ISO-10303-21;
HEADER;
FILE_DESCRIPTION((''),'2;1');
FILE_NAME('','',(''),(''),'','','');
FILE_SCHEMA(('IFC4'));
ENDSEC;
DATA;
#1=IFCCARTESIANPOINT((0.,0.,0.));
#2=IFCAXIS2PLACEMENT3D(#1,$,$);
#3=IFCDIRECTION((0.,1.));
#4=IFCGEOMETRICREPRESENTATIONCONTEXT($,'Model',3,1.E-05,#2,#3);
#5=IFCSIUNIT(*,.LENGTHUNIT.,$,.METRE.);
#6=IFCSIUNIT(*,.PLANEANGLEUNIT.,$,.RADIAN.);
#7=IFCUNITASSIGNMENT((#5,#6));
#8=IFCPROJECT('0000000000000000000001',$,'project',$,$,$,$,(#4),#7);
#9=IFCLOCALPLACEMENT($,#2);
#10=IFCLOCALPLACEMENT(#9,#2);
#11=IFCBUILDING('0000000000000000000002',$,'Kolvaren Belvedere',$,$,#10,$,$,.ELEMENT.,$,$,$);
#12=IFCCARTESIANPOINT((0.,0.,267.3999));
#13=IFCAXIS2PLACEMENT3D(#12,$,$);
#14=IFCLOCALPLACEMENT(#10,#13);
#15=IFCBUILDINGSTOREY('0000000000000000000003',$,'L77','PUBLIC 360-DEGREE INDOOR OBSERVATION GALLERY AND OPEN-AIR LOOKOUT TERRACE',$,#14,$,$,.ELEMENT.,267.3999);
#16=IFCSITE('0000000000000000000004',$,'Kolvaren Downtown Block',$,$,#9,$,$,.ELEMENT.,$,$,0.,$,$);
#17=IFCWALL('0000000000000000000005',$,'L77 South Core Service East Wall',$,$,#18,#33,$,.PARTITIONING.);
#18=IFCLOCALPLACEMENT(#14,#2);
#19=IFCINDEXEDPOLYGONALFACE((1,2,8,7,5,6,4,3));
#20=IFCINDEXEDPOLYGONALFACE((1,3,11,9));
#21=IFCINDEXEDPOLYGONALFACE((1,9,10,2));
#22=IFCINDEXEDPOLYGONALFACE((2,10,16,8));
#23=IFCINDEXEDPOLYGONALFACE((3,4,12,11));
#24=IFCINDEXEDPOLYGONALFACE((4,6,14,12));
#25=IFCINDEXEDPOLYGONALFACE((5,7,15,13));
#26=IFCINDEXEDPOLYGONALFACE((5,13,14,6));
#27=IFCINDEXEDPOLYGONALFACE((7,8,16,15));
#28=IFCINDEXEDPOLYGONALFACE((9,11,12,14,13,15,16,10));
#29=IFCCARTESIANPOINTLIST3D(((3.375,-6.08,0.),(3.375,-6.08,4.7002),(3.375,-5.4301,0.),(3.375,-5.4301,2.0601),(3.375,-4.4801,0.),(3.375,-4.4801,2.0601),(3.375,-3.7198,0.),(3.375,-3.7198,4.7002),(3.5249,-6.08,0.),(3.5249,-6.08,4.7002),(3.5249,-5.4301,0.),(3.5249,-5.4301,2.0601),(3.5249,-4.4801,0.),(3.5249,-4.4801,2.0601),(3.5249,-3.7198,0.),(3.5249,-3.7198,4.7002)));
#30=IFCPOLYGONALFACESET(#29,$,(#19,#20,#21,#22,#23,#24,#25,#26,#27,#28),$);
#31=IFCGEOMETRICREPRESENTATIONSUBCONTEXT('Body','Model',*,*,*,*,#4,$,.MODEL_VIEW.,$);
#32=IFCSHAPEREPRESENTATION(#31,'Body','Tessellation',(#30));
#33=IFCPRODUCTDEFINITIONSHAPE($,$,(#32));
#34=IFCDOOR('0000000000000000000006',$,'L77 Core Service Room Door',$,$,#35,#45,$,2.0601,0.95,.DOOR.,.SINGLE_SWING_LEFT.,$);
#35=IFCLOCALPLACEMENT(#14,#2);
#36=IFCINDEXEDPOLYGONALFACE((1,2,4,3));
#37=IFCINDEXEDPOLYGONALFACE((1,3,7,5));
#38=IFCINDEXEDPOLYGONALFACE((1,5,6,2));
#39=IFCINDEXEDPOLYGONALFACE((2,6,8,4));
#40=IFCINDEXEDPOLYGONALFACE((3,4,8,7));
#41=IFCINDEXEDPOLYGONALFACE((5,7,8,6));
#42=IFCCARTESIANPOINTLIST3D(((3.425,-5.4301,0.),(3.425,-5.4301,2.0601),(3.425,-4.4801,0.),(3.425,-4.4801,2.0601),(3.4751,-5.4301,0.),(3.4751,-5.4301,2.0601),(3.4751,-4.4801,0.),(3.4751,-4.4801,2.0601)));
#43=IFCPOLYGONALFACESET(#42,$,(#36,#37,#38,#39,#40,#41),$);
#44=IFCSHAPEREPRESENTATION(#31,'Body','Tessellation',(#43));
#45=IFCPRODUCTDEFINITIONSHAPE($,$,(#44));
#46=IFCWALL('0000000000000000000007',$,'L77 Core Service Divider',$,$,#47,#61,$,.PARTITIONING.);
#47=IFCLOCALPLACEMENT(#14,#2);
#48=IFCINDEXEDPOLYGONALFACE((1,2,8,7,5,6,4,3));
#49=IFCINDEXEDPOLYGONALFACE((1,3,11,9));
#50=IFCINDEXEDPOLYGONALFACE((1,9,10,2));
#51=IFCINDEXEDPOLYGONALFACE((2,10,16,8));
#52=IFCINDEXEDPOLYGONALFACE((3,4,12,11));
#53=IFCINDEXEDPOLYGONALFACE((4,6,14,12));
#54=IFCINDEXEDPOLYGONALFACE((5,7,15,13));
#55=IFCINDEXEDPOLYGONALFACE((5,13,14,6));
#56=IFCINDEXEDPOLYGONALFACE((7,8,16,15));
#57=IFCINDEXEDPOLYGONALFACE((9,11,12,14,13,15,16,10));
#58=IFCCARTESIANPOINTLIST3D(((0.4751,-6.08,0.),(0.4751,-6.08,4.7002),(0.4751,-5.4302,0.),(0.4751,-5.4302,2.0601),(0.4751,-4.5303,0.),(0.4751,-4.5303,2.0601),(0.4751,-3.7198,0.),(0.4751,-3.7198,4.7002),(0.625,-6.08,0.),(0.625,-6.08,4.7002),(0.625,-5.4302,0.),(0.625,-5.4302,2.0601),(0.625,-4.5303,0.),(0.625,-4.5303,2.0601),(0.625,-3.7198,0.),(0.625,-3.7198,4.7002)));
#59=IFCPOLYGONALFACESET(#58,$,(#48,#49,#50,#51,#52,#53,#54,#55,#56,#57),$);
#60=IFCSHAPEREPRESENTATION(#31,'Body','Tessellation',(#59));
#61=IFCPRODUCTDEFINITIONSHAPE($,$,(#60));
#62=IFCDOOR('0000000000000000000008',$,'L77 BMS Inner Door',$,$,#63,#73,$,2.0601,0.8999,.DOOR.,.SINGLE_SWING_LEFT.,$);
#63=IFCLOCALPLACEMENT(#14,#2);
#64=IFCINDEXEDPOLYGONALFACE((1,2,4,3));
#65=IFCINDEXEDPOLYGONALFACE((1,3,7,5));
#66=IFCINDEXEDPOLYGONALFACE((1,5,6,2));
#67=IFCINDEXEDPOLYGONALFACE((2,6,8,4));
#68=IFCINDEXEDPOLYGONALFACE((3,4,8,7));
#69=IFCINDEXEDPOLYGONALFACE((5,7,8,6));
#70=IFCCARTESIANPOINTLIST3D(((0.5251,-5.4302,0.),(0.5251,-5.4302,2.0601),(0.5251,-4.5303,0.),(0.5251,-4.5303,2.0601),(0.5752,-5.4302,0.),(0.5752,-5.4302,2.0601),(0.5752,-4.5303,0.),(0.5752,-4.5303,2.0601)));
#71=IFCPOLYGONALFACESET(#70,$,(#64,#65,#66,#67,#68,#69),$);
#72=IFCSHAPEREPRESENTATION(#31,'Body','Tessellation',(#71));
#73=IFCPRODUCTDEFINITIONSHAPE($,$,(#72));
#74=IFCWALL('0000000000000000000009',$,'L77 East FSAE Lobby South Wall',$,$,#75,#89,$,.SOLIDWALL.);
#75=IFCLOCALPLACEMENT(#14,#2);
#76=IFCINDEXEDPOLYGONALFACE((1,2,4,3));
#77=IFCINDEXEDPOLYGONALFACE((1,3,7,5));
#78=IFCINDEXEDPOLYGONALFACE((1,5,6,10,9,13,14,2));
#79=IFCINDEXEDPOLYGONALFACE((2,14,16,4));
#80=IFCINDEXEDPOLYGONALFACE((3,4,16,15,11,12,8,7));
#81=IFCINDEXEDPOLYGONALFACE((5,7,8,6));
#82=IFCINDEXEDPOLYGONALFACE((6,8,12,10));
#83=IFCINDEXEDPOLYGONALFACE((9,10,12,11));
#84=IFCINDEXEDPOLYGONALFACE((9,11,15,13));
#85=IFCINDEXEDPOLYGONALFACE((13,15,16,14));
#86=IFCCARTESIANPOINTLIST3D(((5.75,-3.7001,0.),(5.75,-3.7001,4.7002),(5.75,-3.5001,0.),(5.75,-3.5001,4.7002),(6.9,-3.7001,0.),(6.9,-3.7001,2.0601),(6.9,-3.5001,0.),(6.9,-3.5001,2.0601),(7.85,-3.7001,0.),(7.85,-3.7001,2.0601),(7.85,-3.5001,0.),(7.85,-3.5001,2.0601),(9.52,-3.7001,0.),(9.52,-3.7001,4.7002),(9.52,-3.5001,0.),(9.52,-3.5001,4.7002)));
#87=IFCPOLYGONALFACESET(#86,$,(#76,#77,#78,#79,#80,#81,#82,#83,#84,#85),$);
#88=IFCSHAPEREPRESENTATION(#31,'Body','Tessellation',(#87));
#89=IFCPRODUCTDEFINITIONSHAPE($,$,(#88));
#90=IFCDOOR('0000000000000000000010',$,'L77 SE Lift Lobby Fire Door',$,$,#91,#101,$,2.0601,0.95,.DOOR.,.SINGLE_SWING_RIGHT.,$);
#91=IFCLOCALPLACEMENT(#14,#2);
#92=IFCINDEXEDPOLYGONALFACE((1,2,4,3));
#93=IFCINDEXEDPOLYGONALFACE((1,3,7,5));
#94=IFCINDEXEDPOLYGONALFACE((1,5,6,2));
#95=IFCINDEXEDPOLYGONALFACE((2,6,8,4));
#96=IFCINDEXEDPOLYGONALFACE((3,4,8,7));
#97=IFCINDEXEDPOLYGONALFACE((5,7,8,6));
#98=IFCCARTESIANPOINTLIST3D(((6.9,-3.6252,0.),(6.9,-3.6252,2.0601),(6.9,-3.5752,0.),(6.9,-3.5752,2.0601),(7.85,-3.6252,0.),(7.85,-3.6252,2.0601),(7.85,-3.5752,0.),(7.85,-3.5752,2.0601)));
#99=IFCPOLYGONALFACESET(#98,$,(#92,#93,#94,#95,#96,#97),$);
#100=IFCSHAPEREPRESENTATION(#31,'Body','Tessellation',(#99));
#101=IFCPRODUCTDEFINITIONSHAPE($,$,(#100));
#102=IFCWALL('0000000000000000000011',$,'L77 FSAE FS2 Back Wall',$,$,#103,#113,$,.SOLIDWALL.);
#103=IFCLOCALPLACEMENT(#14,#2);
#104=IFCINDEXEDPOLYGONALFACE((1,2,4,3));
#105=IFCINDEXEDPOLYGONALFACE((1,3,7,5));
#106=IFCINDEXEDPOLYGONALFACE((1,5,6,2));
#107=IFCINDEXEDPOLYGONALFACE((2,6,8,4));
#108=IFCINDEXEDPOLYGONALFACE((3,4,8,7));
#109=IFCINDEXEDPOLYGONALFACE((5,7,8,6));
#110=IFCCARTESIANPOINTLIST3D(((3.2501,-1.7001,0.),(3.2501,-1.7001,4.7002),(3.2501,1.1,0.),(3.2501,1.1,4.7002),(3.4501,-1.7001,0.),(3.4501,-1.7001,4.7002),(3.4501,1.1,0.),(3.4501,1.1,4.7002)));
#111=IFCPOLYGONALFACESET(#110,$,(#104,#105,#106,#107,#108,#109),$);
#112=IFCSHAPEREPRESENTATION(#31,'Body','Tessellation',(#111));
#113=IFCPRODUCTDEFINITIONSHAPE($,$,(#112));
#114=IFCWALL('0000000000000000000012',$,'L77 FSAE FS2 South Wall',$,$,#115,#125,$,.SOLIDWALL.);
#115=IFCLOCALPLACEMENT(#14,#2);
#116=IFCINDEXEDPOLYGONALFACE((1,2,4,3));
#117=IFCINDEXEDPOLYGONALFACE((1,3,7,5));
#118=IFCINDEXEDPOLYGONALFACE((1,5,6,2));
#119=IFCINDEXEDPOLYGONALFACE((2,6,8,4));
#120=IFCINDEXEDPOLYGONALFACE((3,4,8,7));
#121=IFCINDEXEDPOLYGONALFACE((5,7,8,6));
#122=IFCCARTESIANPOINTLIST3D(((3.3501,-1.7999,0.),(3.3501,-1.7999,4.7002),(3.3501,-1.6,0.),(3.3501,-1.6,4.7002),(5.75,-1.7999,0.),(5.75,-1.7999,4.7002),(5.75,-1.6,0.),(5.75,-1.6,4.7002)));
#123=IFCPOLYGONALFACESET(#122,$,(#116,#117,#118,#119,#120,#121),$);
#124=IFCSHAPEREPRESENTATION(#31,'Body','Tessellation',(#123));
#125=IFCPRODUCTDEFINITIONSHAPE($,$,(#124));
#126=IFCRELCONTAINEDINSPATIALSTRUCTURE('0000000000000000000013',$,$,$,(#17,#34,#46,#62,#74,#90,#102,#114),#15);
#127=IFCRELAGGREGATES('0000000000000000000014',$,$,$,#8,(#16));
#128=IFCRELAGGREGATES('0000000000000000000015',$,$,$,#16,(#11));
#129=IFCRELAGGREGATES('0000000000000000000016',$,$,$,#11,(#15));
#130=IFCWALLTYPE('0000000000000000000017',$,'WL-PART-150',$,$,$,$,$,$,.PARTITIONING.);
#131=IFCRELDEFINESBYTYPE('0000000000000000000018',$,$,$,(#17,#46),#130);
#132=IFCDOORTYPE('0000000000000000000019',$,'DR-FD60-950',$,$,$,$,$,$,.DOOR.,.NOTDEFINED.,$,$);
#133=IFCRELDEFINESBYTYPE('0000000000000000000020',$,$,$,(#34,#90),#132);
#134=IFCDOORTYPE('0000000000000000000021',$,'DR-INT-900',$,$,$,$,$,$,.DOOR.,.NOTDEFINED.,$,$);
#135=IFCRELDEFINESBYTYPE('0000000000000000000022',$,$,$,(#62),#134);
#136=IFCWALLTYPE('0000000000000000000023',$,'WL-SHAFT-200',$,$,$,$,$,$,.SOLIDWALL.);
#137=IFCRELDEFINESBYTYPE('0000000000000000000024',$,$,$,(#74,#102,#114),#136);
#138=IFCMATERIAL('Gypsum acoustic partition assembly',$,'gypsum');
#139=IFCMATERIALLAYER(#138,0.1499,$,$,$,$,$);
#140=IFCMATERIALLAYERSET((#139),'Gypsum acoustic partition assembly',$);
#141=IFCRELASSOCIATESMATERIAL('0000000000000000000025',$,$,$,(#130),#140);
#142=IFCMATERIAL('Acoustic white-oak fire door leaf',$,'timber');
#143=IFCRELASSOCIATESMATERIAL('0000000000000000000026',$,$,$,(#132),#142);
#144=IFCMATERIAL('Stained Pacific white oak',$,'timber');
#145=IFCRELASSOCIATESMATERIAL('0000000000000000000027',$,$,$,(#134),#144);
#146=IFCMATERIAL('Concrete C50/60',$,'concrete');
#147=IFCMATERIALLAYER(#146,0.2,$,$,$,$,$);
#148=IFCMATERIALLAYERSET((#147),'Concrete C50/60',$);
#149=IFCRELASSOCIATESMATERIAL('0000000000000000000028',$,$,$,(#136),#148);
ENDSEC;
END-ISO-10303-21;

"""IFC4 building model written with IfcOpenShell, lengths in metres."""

from ifc_helpers import new_model, si_unit, direction, frame, frame_2d, origin, place, context, subcontext, project, spatial, rectangle, extrude, material, layer, layer_set, type_object, element, fill, save


model = new_model("IFC4")

# Units and contexts
model_context = context("Model", 3, precision=1e-05, world=origin(), true_north=direction((0.0, 1.0)))
body_context = subcontext(model_context, "Body", "Model", "MODEL_VIEW")
ifc_project = project(units=[si_unit("LENGTHUNIT", "METRE"), si_unit("PLANEANGLEUNIT", "RADIAN")], contexts=[model_context])

# Site, building, storey
site_placement = place(None, origin())
site = spatial("IfcSite", under=ifc_project, at=site_placement, Name="Kolvaren Downtown Block", CompositionType="ELEMENT", RefElevation=0.0)
building_placement = place(site_placement, origin())
building = spatial("IfcBuilding", under=site, at=building_placement, Name="Kolvaren Belvedere", CompositionType="ELEMENT")
storey_placement = place(building_placement, frame((0.0, 0.0, 267.3999)))
storey = spatial("IfcBuildingStorey", under=building, at=storey_placement, Name="L77", Description="PUBLIC 360-DEGREE INDOOR OBSERVATION GALLERY AND OPEN-AIR LOOKOUT TERRACE", CompositionType="ELEMENT", Elevation=267.3999)

# Walls, openings, doors
ifc_material_1 = material(Name="Gypsum acoustic partition assembly", Category="gypsum")
ifc_layer_1 = layer(ifc_material_1, 0.1499)
ifc_layer_set_1 = layer_set([ifc_layer_1], Name="Gypsum acoustic partition assembly")
wall_type_1 = type_object("IfcWallType", Name="WL-PART-150", PredefinedType="PARTITIONING", material=ifc_layer_set_1)
wall_1_placement = place(storey_placement, frame((3.45, -6.0801, 0.0), z_axis=(0.0, 0.0, 1.0), x_axis=(0.0, 1.0, 0.0)))
wall_1 = element("IfcWall", 1, at=wall_1_placement, inside=storey, type_object=wall_type_1, Name="L77 South Core Service East Wall", PredefinedType="PARTITIONING", context=body_context, shape_type="SweptSolid", body=[
    extrude(rectangle(XDim=2.3601, YDim=0.1499, at=frame_2d((1.1802, 0.0))), origin(), (0.0, 0.0, 1.0), 4.7002),
])
opening_1_placement = place(wall_1_placement, frame((0.6499, 0.0, 0.0)))
opening_1 = element("IfcOpeningElement", 2, at=opening_1_placement, cuts=wall_1, PredefinedType="OPENING", context=body_context, shape_type="SweptSolid", body=[
    extrude(rectangle(XDim=0.95, YDim=2.0601, at=frame_2d((0.4751, 1.03))), frame((0.0, 0.085, 0.0), z_axis=(0.0, -1.0, 0.0), x_axis=(1.0, 0.0, 0.0)), (0.0, 0.0, 1.0), 0.1699),
])
ifc_material_2 = material(Name="Acoustic white-oak fire door leaf", Category="timber")
door_type_1 = type_object("IfcDoorType", Name="DR-FD60-950", OperationType="NOTDEFINED", PredefinedType="DOOR", material=ifc_material_2)
door_1_placement = place(opening_1_placement, origin())
door_1 = element("IfcDoor", 3, at=door_1_placement, inside=storey, type_object=door_type_1, Name="L77 Core Service Room Door", OperationType="SINGLE_SWING_LEFT", OverallHeight=2.0601, OverallWidth=0.95, PredefinedType="DOOR", context=body_context, shape_type="SweptSolid", body=[
    extrude(rectangle(XDim=0.95, YDim=2.0601, at=frame_2d((0.4751, 1.03))), frame((0.0, 0.0249, 0.0), z_axis=(0.0, -1.0, 0.0), x_axis=(1.0, 0.0, 0.0)), (0.0, 0.0, 1.0), 0.05),
])
fill(opening_1, door_1)
wall_2_placement = place(storey_placement, frame((0.55, -6.0801, 0.0), z_axis=(0.0, 0.0, 1.0), x_axis=(0.0, 1.0, 0.0)))
wall_2 = element("IfcWall", 4, at=wall_2_placement, inside=storey, type_object=wall_type_1, Name="L77 Core Service Divider", PredefinedType="PARTITIONING", context=body_context, shape_type="SweptSolid", body=[
    extrude(rectangle(XDim=2.3601, YDim=0.1499, at=frame_2d((1.1802, 0.0))), origin(), (0.0, 0.0, 1.0), 4.7002),
])
opening_2_placement = place(wall_2_placement, frame((0.6499, 0.0, 0.0)))
opening_2 = element("IfcOpeningElement", 5, at=opening_2_placement, cuts=wall_2, PredefinedType="OPENING", context=body_context, shape_type="SweptSolid", body=[
    extrude(rectangle(XDim=0.8999, YDim=2.0601, at=frame_2d((0.45, 1.03))), frame((0.0, 0.085, 0.0), z_axis=(0.0, -1.0, 0.0), x_axis=(1.0, 0.0, 0.0)), (0.0, 0.0, 1.0), 0.1699),
])
ifc_material_3 = material(Name="Stained Pacific white oak", Category="timber")
door_type_2 = type_object("IfcDoorType", Name="DR-INT-900", OperationType="NOTDEFINED", PredefinedType="DOOR", material=ifc_material_3)
door_2_placement = place(opening_2_placement, origin())
door_2 = element("IfcDoor", 6, at=door_2_placement, inside=storey, type_object=door_type_2, Name="L77 BMS Inner Door", OperationType="SINGLE_SWING_LEFT", OverallHeight=2.0601, OverallWidth=0.8999, PredefinedType="DOOR", context=body_context, shape_type="SweptSolid", body=[
    extrude(rectangle(XDim=0.8999, YDim=2.0601, at=frame_2d((0.45, 1.03))), frame((0.0, 0.0249, 0.0), z_axis=(0.0, -1.0, 0.0), x_axis=(1.0, 0.0, 0.0)), (0.0, 0.0, 1.0), 0.05),
])
fill(opening_2, door_2)
ifc_material_4 = material(Name="Concrete C50/60", Category="concrete")
ifc_layer_2 = layer(ifc_material_4, 0.2)
ifc_layer_set_2 = layer_set([ifc_layer_2], Name="Concrete C50/60")
wall_type_2 = type_object("IfcWallType", Name="WL-SHAFT-200", PredefinedType="SOLIDWALL", material=ifc_layer_set_2)
wall_3_placement = place(storey_placement, frame((5.75, -3.6001, 0.0), z_axis=(0.0, 0.0, 1.0), x_axis=(1.0, 0.0, 0.0)))
wall_3 = element("IfcWall", 7, at=wall_3_placement, inside=storey, type_object=wall_type_2, Name="L77 East FSAE Lobby South Wall", PredefinedType="SOLIDWALL", context=body_context, shape_type="SweptSolid", body=[
    extrude(rectangle(XDim=3.77, YDim=0.2, at=frame_2d((1.885, 0.0))), origin(), (0.0, 0.0, 1.0), 4.7002),
])
opening_3_placement = place(wall_3_placement, frame((1.1499, 0.0, 0.0)))
opening_3 = element("IfcOpeningElement", 8, at=opening_3_placement, cuts=wall_3, PredefinedType="OPENING", context=body_context, shape_type="SweptSolid", body=[
    extrude(rectangle(XDim=0.95, YDim=2.0601, at=frame_2d((0.4751, 1.03))), frame((0.0, 0.1099, 0.0), z_axis=(0.0, -1.0, 0.0), x_axis=(1.0, 0.0, 0.0)), (0.0, 0.0, 1.0), 0.22),
])
door_3_placement = place(opening_3_placement, origin())
door_3 = element("IfcDoor", 9, at=door_3_placement, inside=storey, type_object=door_type_1, Name="L77 SE Lift Lobby Fire Door", OperationType="SINGLE_SWING_RIGHT", OverallHeight=2.0601, OverallWidth=0.95, PredefinedType="DOOR", context=body_context, shape_type="SweptSolid", body=[
    extrude(rectangle(XDim=0.95, YDim=2.0601, at=frame_2d((0.4751, 1.03))), frame((0.0, 0.0249, 0.0), z_axis=(0.0, -1.0, 0.0), x_axis=(1.0, 0.0, 0.0)), (0.0, 0.0, 1.0), 0.05),
])
fill(opening_3, door_3)

# Walls
wall_4_placement = place(storey_placement, frame((3.3501, -1.7, 0.0), z_axis=(0.0, 0.0, 1.0), x_axis=(0.0, 1.0, 0.0)))
element("IfcWall", 10, at=wall_4_placement, inside=storey, type_object=wall_type_2, Name="L77 FSAE FS2 Back Wall", PredefinedType="SOLIDWALL", context=body_context, shape_type="SweptSolid", body=[
    extrude(rectangle(XDim=2.8, YDim=0.2, at=frame_2d((1.3999, 0.0))), origin(), (0.0, 0.0, 1.0), 4.7002),
])
wall_5_placement = place(storey_placement, frame((3.3501, -1.7, 0.0), z_axis=(0.0, 0.0, 1.0), x_axis=(1.0, 0.0, 0.0)))
element("IfcWall", 11, at=wall_5_placement, inside=storey, type_object=wall_type_2, Name="L77 FSAE FS2 South Wall", PredefinedType="SOLIDWALL", context=body_context, shape_type="SweptSolid", body=[
    extrude(rectangle(XDim=2.3999, YDim=0.2, at=frame_2d((1.2, 0.0))), origin(), (0.0, 0.0, 1.0), 4.7002),
])

save(model, "model.ifc")
